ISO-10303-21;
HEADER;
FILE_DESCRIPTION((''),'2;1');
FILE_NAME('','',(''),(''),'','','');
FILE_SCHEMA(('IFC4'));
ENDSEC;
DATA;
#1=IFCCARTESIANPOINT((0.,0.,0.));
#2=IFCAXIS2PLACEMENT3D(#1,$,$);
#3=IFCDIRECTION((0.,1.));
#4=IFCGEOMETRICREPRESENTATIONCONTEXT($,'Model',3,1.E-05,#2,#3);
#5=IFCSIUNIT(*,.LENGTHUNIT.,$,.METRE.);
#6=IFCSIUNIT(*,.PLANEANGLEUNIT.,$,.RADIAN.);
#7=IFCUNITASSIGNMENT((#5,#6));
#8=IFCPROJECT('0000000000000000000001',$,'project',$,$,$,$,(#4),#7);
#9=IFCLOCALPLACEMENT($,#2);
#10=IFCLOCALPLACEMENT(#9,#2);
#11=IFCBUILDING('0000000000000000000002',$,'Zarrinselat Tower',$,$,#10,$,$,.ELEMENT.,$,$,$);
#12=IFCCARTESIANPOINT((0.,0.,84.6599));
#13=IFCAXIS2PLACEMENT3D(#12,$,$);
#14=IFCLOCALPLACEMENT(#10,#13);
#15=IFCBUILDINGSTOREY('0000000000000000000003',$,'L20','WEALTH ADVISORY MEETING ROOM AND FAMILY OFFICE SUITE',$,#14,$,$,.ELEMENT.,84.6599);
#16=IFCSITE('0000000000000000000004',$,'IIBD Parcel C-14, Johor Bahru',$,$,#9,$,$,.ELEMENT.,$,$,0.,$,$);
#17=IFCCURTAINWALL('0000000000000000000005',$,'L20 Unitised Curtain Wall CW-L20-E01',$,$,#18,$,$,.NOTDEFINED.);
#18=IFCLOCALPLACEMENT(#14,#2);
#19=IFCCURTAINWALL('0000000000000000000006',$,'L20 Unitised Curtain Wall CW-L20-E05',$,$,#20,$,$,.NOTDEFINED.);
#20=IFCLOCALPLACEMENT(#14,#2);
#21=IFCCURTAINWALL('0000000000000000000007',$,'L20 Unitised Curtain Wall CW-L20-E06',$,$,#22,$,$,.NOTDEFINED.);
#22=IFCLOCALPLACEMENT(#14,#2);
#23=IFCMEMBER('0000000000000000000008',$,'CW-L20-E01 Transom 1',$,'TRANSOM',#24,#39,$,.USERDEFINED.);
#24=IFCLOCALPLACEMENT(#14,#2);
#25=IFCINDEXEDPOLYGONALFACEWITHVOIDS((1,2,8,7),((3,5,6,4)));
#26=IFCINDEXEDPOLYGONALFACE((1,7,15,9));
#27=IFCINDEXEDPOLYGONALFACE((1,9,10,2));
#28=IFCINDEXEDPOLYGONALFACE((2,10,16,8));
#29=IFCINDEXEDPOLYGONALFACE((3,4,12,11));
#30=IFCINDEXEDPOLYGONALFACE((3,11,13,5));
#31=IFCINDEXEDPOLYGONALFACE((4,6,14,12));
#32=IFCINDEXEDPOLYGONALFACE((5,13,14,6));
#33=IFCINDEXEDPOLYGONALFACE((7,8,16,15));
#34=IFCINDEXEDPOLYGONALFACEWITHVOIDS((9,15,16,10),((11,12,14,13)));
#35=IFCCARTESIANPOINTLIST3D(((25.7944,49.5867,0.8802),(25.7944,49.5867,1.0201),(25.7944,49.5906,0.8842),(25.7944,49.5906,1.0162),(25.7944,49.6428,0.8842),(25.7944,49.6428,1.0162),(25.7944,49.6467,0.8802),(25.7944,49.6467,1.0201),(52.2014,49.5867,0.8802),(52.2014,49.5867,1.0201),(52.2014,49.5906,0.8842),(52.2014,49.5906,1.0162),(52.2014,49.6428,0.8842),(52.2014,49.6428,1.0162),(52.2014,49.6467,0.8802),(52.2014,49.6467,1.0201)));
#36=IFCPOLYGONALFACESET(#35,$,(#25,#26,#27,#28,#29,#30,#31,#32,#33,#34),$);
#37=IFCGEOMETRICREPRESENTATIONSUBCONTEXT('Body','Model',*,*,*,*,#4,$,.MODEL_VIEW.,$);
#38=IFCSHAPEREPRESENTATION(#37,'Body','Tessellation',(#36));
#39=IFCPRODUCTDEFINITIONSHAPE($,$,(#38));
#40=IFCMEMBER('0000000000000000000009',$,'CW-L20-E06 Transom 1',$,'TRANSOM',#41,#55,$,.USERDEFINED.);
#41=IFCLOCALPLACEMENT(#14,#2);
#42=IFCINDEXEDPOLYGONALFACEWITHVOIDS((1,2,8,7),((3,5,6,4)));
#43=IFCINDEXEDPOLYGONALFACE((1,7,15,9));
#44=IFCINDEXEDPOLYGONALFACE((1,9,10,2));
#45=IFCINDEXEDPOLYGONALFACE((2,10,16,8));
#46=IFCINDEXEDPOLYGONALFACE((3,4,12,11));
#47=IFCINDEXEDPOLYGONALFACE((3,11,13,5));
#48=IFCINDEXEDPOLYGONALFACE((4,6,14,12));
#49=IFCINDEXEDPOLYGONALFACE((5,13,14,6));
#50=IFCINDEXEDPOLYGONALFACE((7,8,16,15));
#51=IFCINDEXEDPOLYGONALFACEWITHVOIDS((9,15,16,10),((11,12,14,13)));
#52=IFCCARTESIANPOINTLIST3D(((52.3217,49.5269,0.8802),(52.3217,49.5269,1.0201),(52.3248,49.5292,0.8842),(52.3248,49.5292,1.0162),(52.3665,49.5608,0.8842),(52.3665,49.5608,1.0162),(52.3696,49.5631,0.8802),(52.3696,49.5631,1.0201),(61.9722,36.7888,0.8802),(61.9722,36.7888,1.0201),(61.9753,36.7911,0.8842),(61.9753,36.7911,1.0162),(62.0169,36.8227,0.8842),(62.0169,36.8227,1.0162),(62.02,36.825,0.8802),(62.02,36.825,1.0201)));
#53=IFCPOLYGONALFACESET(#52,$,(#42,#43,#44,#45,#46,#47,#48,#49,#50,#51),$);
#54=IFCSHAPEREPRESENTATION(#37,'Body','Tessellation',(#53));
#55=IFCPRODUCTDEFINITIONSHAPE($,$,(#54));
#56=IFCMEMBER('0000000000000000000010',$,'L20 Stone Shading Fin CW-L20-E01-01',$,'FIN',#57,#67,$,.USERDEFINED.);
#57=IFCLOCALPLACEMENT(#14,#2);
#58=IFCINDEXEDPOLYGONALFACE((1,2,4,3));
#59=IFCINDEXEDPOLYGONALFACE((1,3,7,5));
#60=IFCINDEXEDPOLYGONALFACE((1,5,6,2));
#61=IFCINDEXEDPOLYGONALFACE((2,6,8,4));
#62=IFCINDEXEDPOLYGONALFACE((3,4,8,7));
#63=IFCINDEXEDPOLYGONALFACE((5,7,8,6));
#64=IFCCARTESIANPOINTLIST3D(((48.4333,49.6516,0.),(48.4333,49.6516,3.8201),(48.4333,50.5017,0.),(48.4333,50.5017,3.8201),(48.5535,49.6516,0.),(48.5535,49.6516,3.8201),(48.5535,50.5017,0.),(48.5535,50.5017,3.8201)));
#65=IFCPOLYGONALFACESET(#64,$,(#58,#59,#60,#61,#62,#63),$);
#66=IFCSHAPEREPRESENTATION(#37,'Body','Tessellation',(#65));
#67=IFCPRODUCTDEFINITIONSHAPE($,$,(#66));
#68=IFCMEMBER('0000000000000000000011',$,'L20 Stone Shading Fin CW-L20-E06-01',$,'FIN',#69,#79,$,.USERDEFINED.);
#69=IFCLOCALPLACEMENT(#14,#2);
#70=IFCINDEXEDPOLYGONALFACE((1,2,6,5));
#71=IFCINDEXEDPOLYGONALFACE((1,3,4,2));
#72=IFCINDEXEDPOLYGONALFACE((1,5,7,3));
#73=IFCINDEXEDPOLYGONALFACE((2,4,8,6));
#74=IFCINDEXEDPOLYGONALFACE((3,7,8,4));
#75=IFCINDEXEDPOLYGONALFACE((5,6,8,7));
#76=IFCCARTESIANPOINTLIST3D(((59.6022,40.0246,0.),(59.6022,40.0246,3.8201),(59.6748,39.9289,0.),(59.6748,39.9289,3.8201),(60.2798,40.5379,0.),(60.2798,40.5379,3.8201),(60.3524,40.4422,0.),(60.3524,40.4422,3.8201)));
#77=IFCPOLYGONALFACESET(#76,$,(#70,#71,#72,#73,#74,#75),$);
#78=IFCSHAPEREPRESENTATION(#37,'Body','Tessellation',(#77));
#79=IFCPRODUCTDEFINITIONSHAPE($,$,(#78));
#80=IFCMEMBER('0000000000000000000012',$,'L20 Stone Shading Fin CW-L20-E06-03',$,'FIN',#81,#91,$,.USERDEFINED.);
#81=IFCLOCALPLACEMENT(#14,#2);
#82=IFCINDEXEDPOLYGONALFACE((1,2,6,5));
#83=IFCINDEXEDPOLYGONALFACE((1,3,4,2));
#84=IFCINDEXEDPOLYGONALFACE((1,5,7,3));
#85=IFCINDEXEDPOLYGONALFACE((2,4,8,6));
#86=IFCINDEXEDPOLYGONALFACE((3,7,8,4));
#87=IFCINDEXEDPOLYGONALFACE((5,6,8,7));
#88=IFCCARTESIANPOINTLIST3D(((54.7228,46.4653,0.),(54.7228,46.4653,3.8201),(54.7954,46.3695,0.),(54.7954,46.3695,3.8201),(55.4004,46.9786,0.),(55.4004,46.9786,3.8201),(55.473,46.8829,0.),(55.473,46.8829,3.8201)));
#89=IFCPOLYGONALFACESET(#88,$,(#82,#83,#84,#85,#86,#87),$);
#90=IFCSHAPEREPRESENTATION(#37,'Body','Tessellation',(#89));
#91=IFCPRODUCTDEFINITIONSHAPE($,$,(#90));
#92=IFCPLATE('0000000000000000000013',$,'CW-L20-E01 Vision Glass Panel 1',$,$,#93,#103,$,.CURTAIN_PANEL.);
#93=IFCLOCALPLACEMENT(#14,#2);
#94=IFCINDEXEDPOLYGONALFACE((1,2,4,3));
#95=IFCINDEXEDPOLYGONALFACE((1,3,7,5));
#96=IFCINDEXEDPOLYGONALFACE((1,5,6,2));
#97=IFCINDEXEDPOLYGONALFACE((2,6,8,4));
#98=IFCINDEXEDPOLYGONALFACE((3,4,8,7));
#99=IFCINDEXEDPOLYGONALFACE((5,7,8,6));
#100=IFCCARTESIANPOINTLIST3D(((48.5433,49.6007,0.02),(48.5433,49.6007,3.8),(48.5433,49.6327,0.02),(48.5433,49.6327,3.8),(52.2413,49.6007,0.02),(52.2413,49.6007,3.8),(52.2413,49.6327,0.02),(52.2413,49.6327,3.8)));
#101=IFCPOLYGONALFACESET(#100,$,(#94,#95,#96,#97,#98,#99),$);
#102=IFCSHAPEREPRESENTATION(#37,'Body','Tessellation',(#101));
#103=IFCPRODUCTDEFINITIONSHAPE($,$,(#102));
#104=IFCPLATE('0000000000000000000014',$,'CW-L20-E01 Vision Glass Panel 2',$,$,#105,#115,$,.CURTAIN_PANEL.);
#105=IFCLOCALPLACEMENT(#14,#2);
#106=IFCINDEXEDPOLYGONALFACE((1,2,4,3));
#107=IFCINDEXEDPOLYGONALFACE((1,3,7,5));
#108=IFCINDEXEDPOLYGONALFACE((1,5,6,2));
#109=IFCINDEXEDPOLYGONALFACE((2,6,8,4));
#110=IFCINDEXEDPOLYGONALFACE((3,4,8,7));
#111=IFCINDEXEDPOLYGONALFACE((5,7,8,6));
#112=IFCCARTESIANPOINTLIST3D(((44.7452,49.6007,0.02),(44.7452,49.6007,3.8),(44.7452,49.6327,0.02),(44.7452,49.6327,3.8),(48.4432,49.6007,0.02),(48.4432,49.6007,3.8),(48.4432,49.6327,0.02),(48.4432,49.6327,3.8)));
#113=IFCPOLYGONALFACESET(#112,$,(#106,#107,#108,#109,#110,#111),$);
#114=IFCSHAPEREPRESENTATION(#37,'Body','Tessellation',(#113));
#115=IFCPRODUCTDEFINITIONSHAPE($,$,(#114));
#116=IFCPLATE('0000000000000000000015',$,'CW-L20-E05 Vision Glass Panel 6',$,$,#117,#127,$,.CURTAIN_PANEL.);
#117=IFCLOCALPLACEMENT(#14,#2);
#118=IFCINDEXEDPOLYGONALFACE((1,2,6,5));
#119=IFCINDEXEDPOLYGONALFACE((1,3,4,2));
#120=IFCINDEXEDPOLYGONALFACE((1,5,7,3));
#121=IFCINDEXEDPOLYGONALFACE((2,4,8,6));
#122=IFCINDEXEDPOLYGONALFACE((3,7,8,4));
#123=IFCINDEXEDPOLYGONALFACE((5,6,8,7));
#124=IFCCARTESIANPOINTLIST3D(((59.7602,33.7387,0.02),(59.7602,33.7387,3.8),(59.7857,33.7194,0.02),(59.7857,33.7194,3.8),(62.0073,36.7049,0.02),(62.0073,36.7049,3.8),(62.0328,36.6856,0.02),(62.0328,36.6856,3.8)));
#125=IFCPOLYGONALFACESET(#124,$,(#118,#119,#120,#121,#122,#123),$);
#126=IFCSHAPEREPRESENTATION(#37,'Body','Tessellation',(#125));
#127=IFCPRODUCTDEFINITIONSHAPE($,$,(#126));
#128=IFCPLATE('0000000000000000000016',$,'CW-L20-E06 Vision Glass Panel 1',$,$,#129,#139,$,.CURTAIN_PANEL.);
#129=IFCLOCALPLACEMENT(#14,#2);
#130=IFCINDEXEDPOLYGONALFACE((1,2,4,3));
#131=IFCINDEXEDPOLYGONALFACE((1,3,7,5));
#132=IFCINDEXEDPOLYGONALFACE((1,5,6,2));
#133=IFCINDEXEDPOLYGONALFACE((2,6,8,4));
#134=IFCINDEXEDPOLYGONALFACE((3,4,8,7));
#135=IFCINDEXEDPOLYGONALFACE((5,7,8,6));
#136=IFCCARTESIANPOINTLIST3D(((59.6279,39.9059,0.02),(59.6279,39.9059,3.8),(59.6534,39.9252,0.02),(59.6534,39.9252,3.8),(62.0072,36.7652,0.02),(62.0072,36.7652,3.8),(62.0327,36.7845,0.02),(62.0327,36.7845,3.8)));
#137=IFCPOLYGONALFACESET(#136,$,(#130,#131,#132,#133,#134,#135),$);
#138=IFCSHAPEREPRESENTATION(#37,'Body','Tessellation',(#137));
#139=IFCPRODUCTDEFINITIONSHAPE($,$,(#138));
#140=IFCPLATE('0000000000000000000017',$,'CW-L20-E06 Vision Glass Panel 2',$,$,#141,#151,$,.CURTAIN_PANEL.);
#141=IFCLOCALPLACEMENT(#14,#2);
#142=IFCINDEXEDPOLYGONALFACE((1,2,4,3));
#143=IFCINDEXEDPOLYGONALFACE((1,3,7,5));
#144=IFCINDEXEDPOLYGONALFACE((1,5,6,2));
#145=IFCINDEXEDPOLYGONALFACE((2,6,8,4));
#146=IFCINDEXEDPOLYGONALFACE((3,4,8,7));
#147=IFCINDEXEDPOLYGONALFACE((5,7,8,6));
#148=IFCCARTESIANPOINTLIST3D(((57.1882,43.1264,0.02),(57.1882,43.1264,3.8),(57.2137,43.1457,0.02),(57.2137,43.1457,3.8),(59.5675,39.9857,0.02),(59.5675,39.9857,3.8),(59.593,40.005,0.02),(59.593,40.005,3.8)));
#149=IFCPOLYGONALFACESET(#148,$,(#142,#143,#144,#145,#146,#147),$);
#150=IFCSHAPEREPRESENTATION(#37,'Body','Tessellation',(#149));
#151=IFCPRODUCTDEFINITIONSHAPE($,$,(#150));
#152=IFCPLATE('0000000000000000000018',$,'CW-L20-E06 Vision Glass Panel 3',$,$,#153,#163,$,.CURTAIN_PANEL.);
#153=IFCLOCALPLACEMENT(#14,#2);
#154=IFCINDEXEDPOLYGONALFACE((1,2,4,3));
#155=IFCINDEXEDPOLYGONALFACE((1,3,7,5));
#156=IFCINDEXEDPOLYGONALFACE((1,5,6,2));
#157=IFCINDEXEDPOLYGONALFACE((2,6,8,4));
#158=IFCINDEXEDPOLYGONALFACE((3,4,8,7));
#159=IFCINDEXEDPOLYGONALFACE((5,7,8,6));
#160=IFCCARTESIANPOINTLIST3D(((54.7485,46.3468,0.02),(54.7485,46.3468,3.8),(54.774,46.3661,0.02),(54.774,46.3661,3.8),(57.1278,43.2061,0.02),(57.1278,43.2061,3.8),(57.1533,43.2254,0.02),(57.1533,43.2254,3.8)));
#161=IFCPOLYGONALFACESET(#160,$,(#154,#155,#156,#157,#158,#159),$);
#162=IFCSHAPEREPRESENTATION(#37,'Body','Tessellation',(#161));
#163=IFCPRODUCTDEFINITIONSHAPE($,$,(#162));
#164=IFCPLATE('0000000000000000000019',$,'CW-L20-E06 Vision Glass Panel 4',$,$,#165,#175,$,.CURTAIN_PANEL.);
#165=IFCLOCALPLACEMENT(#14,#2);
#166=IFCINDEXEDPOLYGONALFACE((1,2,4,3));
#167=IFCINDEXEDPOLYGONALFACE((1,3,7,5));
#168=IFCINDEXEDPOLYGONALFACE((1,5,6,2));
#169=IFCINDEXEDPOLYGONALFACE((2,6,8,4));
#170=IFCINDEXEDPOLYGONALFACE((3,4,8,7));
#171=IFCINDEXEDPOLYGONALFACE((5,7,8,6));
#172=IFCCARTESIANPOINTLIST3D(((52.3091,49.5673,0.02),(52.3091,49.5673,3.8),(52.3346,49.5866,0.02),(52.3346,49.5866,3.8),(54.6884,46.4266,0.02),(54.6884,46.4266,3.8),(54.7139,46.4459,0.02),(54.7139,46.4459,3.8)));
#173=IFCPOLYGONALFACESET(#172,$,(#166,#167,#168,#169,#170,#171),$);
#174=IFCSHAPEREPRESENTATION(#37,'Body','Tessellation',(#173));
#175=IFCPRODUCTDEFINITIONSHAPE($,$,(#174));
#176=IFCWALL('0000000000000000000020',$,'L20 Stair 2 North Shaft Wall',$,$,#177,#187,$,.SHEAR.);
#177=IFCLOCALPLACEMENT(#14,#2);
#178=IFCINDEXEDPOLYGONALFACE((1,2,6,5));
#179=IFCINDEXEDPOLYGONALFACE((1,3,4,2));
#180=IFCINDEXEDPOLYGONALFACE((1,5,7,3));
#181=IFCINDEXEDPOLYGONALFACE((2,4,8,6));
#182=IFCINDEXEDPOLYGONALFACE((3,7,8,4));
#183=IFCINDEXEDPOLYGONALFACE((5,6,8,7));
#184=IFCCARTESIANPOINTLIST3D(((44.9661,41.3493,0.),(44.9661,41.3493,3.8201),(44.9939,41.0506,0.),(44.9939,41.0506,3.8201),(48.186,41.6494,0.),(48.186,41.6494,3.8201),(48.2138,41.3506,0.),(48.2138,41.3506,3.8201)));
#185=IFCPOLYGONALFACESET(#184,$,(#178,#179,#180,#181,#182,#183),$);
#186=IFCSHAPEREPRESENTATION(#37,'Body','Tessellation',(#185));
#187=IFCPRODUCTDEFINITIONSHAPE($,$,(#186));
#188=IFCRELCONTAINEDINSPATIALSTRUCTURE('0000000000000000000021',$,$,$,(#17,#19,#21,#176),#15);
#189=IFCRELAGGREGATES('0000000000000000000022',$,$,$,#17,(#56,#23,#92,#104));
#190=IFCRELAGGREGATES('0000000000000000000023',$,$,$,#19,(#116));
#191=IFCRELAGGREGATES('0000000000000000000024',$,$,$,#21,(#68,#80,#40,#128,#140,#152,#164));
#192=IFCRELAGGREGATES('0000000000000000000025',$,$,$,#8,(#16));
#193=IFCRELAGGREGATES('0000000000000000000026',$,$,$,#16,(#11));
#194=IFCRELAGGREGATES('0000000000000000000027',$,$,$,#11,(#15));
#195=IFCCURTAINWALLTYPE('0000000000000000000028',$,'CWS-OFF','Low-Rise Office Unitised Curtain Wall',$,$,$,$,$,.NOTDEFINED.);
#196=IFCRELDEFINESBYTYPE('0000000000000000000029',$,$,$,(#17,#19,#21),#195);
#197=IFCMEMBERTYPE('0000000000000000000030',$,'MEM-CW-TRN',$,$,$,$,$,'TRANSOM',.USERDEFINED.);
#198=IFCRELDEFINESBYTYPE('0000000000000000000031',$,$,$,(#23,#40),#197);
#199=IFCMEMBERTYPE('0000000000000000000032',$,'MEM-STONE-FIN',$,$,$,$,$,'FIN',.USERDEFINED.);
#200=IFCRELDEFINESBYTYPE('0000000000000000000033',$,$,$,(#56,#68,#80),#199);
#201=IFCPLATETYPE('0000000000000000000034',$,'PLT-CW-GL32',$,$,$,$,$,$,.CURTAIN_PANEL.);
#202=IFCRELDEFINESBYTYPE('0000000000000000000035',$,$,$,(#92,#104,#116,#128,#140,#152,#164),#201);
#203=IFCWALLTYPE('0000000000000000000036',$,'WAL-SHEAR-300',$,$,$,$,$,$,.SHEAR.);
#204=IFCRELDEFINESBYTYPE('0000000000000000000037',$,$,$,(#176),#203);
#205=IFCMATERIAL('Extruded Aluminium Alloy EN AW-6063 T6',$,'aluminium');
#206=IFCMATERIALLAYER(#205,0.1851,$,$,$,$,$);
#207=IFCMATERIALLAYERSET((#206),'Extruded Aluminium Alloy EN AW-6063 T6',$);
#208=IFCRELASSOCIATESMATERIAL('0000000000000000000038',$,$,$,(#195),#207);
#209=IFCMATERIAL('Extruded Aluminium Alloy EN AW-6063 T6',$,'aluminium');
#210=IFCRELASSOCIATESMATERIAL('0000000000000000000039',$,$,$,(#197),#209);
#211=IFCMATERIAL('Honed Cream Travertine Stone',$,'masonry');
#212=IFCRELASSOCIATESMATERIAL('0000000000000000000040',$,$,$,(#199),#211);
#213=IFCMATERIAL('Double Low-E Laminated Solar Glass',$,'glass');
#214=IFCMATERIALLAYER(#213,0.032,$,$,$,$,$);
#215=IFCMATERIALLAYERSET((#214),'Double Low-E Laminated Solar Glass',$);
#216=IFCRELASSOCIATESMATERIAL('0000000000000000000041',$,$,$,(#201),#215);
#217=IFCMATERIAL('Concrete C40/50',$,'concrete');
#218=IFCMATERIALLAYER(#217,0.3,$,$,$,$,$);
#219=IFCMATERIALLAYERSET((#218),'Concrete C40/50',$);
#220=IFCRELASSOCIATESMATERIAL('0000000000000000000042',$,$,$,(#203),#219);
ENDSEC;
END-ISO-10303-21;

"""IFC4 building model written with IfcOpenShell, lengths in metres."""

from ifc_helpers import new_model, si_unit, direction, frame, frame_2d, origin, origin_2d, place, context, subcontext, project, spatial, rectangle, hollow_rectangle, extrude, material, layer, layer_set, material_profile, profile_set, type_object, element, aggregate, save


model = new_model("IFC4")

# Units and contexts
model_context = context("Model", 3, precision=1e-05, world=origin(), true_north=direction((0.0, 1.0)))
body_context = subcontext(model_context, "Body", "Model", "MODEL_VIEW")
ifc_project = project(units=[si_unit("LENGTHUNIT", "METRE"), si_unit("PLANEANGLEUNIT", "RADIAN")], contexts=[model_context])

# Site, building, storey
site_placement = place(None, origin())
site = spatial("IfcSite", under=ifc_project, at=site_placement, Name="IIBD Parcel C-14, Johor Bahru", CompositionType="ELEMENT", RefElevation=0.0)
building_placement = place(site_placement, origin())
building = spatial("IfcBuilding", under=site, at=building_placement, Name="Zarrinselat Tower", CompositionType="ELEMENT")
storey_placement = place(building_placement, frame((0.0, 0.0, 84.6599)))
storey = spatial("IfcBuildingStorey", under=building, at=storey_placement, Name="L20", Description="WEALTH ADVISORY MEETING ROOM AND FAMILY OFFICE SUITE", CompositionType="ELEMENT", Elevation=84.6599)

# Curtain wall
ifc_material_1 = material(Name="Extruded Aluminium Alloy EN AW-6063 T6", Category="aluminium")
ifc_layer_1 = layer(ifc_material_1, 0.1851)
ifc_layer_set_1 = layer_set([ifc_layer_1], Name="Extruded Aluminium Alloy EN AW-6063 T6")
curtain_wall_type = type_object("IfcCurtainWallType", Name="CWS-OFF", Description="Low-Rise Office Unitised Curtain Wall", PredefinedType="NOTDEFINED", material=ifc_layer_set_1)
curtain_wall_1_placement = place(storey_placement, origin())
curtain_wall_1 = element("IfcCurtainWall", 1, at=curtain_wall_1_placement, inside=storey, type_object=curtain_wall_type, Name="L20 Unitised Curtain Wall CW-L20-E01", PredefinedType="NOTDEFINED")

# Curtain wall
curtain_wall_2_placement = place(storey_placement, origin())
curtain_wall_2 = element("IfcCurtainWall", 2, at=curtain_wall_2_placement, inside=storey, type_object=curtain_wall_type, Name="L20 Unitised Curtain Wall CW-L20-E05", PredefinedType="NOTDEFINED")

# Curtain wall
curtain_wall_3_placement = place(storey_placement, origin())
curtain_wall_3 = element("IfcCurtainWall", 3, at=curtain_wall_3_placement, inside=storey, type_object=curtain_wall_type, Name="L20 Unitised Curtain Wall CW-L20-E06", PredefinedType="NOTDEFINED")

# Members
ifc_material_2 = material(Name="Extruded Aluminium Alloy EN AW-6063 T6", Category="aluminium")
ifc_material_profile_1 = material_profile(ifc_material_2, hollow_rectangle(XDim=0.0601, YDim=0.1399, WallThickness=0.0039, at=origin_2d()), Name="RHS 140x60x4")
ifc_profile_set_1 = profile_set([ifc_material_profile_1], Name="Extruded Aluminium Alloy EN AW-6063 T6")
member_type_1 = type_object("IfcMemberType", Name="MEM-CW-TRN", ElementType="TRANSOM", PredefinedType="USERDEFINED", material=ifc_profile_set_1)
member_1_placement = place(storey_placement, frame((52.2014, 49.6167, 0.9502), z_axis=(-1.0, 0.0, 0.0), x_axis=(0.0, -1.0, 0.0)))
member_1 = element("IfcMember", 4, at=member_1_placement, type_object=member_type_1, Name="CW-L20-E01 Transom 1", ObjectType="TRANSOM", PredefinedType="USERDEFINED", context=body_context, shape_type="SweptSolid", body=[
    extrude(hollow_rectangle(XDim=0.0601, YDim=0.1399, WallThickness=0.0039, at=origin_2d()), origin(), (0.0, 0.0, 1.0), 26.407),
])
member_2_placement = place(storey_placement, frame((61.9961, 36.8069, 0.9502), z_axis=(-0.603872, 0.797081, 0.0), x_axis=(-0.797081, -0.603872, 0.0)))
member_2 = element("IfcMember", 5, at=member_2_placement, type_object=member_type_1, Name="CW-L20-E06 Transom 1", ObjectType="TRANSOM", PredefinedType="USERDEFINED", context=body_context, shape_type="SweptSolid", body=[
    extrude(hollow_rectangle(XDim=0.0601, YDim=0.1399, WallThickness=0.0039, at=origin_2d()), origin(), (0.0, 0.0, 1.0), 15.981),
])
ifc_material_3 = material(Name="Honed Cream Travertine Stone", Category="masonry")
ifc_material_profile_2 = material_profile(ifc_material_3, rectangle(XDim=0.1201, YDim=0.8501, at=origin_2d()), Name="FIN 850x120")
ifc_profile_set_2 = profile_set([ifc_material_profile_2], Name="Honed Cream Travertine Stone")
member_type_2 = type_object("IfcMemberType", Name="MEM-STONE-FIN", ElementType="FIN", PredefinedType="USERDEFINED", material=ifc_profile_set_2)
member_3_placement = place(storey_placement, frame((48.4934, 50.0767, 0.0), z_axis=(0.0, 0.0, 1.0), x_axis=(1.0, 0.0, 0.0)))
member_3 = element("IfcMember", 6, at=member_3_placement, type_object=member_type_2, Name="L20 Stone Shading Fin CW-L20-E01-01", ObjectType="FIN", PredefinedType="USERDEFINED", context=body_context, shape_type="SweptSolid", body=[
    extrude(rectangle(XDim=0.1201, YDim=0.8501, at=origin_2d()), origin(), (0.0, 0.0, 1.0), 3.8201),
])
member_4_placement = place(storey_placement, frame((59.9773, 40.2334, 0.0), z_axis=(0.0, 0.0, 1.0), x_axis=(0.603858, -0.797092, 0.0)))
member_4 = element("IfcMember", 7, at=member_4_placement, type_object=member_type_2, Name="L20 Stone Shading Fin CW-L20-E06-01", ObjectType="FIN", PredefinedType="USERDEFINED", context=body_context, shape_type="SweptSolid", body=[
    extrude(rectangle(XDim=0.1201, YDim=0.8501, at=origin_2d()), origin(), (0.0, 0.0, 1.0), 3.8201),
])
member_5_placement = place(storey_placement, frame((55.0979, 46.6741, 0.0), z_axis=(0.0, 0.0, 1.0), x_axis=(0.603858, -0.797092, 0.0)))
member_5 = element("IfcMember", 8, at=member_5_placement, type_object=member_type_2, Name="L20 Stone Shading Fin CW-L20-E06-03", ObjectType="FIN", PredefinedType="USERDEFINED", context=body_context, shape_type="SweptSolid", body=[
    extrude(rectangle(XDim=0.1201, YDim=0.8501, at=origin_2d()), origin(), (0.0, 0.0, 1.0), 3.8201),
])

# Plates
ifc_material_4 = material(Name="Double Low-E Laminated Solar Glass", Category="glass")
ifc_layer_2 = layer(ifc_material_4, 0.032)
ifc_layer_set_2 = layer_set([ifc_layer_2], Name="Double Low-E Laminated Solar Glass")
plate_type = type_object("IfcPlateType", Name="PLT-CW-GL32", PredefinedType="CURTAIN_PANEL", material=ifc_layer_set_2)
plate_1_placement = place(storey_placement, frame((50.3923, 49.6167, 0.02), z_axis=(0.0, 0.0, 1.0), x_axis=(-1.0, 0.0, 0.0)))
plate_1 = element("IfcPlate", 9, at=plate_1_placement, type_object=plate_type, Name="CW-L20-E01 Vision Glass Panel 1", PredefinedType="CURTAIN_PANEL", context=body_context, shape_type="SweptSolid", body=[
    extrude(rectangle(XDim=3.698, YDim=0.032, at=origin_2d()), origin(), (0.0, 0.0, 1.0), 3.78),
])
plate_2_placement = place(storey_placement, frame((46.5942, 49.6167, 0.02), z_axis=(0.0, 0.0, 1.0), x_axis=(-1.0, 0.0, 0.0)))
plate_2 = element("IfcPlate", 10, at=plate_2_placement, type_object=plate_type, Name="CW-L20-E01 Vision Glass Panel 2", PredefinedType="CURTAIN_PANEL", context=body_context, shape_type="SweptSolid", body=[
    extrude(rectangle(XDim=3.698, YDim=0.032, at=origin_2d()), origin(), (0.0, 0.0, 1.0), 3.78),
])
aggregate(curtain_wall_1, [member_3, member_1, plate_1, plate_2])
plate_3_placement = place(storey_placement, frame((60.8965, 35.2122, 0.02), z_axis=(0.0, 0.0, 1.0), x_axis=(0.603856, 0.797094, 0.0)))
plate_3 = element("IfcPlate", 11, at=plate_3_placement, type_object=plate_type, Name="CW-L20-E05 Vision Glass Panel 6", PredefinedType="CURTAIN_PANEL", context=body_context, shape_type="SweptSolid", body=[
    extrude(rectangle(XDim=3.7212, YDim=0.032, at=origin_2d()), origin(), (0.0, 0.0, 1.0), 3.78),
])
aggregate(curtain_wall_2, [plate_3])
plate_4_placement = place(storey_placement, frame((60.8303, 38.3452, 0.02), z_axis=(0.0, 0.0, 1.0), x_axis=(-0.603858, 0.797092, 0.0)))
plate_4 = element("IfcPlate", 12, at=plate_4_placement, type_object=plate_type, Name="CW-L20-E06 Vision Glass Panel 1", PredefinedType="CURTAIN_PANEL", context=body_context, shape_type="SweptSolid", body=[
    extrude(rectangle(XDim=3.9402, YDim=0.032, at=origin_2d()), origin(), (0.0, 0.0, 1.0), 3.78),
])
plate_5_placement = place(storey_placement, frame((58.3906, 41.5657, 0.02), z_axis=(0.0, 0.0, 1.0), x_axis=(-0.603858, 0.797092, 0.0)))
plate_5 = element("IfcPlate", 13, at=plate_5_placement, type_object=plate_type, Name="CW-L20-E06 Vision Glass Panel 2", PredefinedType="CURTAIN_PANEL", context=body_context, shape_type="SweptSolid", body=[
    extrude(rectangle(XDim=3.9402, YDim=0.032, at=origin_2d()), origin(), (0.0, 0.0, 1.0), 3.78),
])
plate_6_placement = place(storey_placement, frame((55.9509, 44.7861, 0.02), z_axis=(0.0, 0.0, 1.0), x_axis=(-0.603858, 0.797092, 0.0)))
plate_6 = element("IfcPlate", 14, at=plate_6_placement, type_object=plate_type, Name="CW-L20-E06 Vision Glass Panel 3", PredefinedType="CURTAIN_PANEL", context=body_context, shape_type="SweptSolid", body=[
    extrude(rectangle(XDim=3.9402, YDim=0.032, at=origin_2d()), origin(), (0.0, 0.0, 1.0), 3.78),
])
plate_7_placement = place(storey_placement, frame((53.5115, 48.0066, 0.02), z_axis=(0.0, 0.0, 1.0), x_axis=(-0.603858, 0.797092, 0.0)))
plate_7 = element("IfcPlate", 15, at=plate_7_placement, type_object=plate_type, Name="CW-L20-E06 Vision Glass Panel 4", PredefinedType="CURTAIN_PANEL", context=body_context, shape_type="SweptSolid", body=[
    extrude(rectangle(XDim=3.9402, YDim=0.032, at=origin_2d()), origin(), (0.0, 0.0, 1.0), 3.78),
])
aggregate(curtain_wall_3, [member_4, member_5, member_2, plate_4, plate_5, plate_6, plate_7])

# Wall
ifc_material_5 = material(Name="Concrete C40/50", Category="concrete")
ifc_layer_3 = layer(ifc_material_5, 0.3)
ifc_layer_set_3 = layer_set([ifc_layer_3], Name="Concrete C40/50")
wall_type = type_object("IfcWallType", Name="WAL-SHEAR-300", PredefinedType="SHEAR", material=ifc_layer_set_3)
wall_placement = place(storey_placement, frame((44.98, 41.2, 0.0), z_axis=(0.0, 0.0, 1.0), x_axis=(0.995686, 0.092782, 0.0)))
element("IfcWall", 16, at=wall_placement, inside=storey, type_object=wall_type, Name="L20 Stair 2 North Shaft Wall", PredefinedType="SHEAR", context=body_context, shape_type="SweptSolid", body=[
    extrude(rectangle(XDim=3.2339, YDim=0.3, at=frame_2d((1.6169, 0.0))), origin(), (0.0, 0.0, 1.0), 3.8201),
])

save(model, "model.ifc")
